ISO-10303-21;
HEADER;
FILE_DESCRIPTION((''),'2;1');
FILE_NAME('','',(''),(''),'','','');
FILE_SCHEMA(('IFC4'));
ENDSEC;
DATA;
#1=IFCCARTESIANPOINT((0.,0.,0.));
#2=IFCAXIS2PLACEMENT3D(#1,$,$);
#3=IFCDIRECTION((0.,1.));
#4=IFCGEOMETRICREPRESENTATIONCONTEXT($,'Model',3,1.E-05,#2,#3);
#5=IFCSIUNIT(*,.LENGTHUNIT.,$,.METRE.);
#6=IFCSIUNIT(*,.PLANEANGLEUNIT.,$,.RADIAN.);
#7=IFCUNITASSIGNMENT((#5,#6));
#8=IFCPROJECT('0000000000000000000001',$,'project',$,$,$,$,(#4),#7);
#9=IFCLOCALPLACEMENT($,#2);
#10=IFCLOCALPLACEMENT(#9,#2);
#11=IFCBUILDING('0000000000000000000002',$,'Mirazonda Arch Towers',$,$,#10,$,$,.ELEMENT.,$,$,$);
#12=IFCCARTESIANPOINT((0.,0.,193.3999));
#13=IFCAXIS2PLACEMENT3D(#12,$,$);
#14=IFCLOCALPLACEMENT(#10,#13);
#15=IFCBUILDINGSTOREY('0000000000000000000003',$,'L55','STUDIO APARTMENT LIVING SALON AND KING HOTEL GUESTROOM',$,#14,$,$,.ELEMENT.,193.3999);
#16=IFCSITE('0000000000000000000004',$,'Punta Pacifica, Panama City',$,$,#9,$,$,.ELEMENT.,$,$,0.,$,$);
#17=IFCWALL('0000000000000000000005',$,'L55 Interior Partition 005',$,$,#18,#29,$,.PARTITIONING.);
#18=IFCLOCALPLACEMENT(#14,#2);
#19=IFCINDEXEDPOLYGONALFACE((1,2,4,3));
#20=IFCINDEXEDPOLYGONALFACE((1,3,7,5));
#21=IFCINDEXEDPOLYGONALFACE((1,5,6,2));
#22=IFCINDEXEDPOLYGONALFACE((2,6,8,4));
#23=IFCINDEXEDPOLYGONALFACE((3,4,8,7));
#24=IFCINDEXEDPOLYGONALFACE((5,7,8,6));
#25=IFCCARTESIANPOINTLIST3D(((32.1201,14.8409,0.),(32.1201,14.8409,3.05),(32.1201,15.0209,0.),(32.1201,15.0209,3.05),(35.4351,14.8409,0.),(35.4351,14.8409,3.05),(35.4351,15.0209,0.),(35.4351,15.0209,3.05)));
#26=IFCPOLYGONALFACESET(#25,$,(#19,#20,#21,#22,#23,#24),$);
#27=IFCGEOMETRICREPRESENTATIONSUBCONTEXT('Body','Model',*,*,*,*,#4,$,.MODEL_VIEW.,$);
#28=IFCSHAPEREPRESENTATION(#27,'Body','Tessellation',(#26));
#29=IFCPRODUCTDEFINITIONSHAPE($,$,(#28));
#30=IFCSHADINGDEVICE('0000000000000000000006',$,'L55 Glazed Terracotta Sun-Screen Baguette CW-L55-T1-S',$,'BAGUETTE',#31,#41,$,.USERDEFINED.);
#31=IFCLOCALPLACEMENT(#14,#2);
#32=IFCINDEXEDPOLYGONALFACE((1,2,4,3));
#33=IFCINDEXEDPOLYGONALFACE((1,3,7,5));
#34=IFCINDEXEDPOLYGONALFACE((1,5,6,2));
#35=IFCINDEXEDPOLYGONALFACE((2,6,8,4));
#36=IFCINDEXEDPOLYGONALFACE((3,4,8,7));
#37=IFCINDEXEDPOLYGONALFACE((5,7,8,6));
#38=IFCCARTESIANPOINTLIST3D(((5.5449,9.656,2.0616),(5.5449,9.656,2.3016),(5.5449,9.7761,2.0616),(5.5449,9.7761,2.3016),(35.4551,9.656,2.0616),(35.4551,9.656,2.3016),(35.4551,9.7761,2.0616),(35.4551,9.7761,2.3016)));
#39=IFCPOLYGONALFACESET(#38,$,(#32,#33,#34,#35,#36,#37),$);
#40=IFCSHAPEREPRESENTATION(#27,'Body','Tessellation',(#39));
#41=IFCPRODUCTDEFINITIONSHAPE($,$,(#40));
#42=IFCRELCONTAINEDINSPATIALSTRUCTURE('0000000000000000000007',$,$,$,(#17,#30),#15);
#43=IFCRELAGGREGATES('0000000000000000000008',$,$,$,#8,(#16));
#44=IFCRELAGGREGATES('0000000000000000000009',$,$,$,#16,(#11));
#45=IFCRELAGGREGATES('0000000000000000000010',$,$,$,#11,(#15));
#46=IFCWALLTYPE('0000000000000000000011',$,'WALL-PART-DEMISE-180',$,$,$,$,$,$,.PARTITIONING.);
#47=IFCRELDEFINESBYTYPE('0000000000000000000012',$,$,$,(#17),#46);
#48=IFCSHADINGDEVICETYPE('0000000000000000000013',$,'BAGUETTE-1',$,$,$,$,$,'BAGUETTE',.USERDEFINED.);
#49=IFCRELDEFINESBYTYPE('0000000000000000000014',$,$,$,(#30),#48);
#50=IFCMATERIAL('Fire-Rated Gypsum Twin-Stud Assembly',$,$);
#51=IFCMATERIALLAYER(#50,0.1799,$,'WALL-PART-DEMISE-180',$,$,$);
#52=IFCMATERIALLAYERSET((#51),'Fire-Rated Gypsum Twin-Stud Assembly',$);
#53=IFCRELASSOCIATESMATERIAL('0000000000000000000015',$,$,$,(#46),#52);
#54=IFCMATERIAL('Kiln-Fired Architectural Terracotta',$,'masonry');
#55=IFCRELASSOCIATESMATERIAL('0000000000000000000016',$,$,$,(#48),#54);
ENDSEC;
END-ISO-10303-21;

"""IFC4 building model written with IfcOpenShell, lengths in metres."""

from ifc_helpers import new_model, si_unit, direction, frame, frame_2d, origin, origin_2d, place, context, subcontext, project, spatial, rectangle, extrude, material, layer, layer_set, material_profile, profile_set, type_object, element, save


model = new_model("IFC4")

# Units and contexts
model_context = context("Model", 3, precision=1e-05, world=origin(), true_north=direction((0.0, 1.0)))
body_context = subcontext(model_context, "Body", "Model", "MODEL_VIEW")
ifc_project = project(units=[si_unit("LENGTHUNIT", "METRE"), si_unit("PLANEANGLEUNIT", "RADIAN")], contexts=[model_context])

# Site, building, storey
site_placement = place(None, origin())
site = spatial("IfcSite", under=ifc_project, at=site_placement, Name="Punta Pacifica, Panama City", CompositionType="ELEMENT", RefElevation=0.0)
building_placement = place(site_placement, origin())
building = spatial("IfcBuilding", under=site, at=building_placement, Name="Mirazonda Arch Towers", CompositionType="ELEMENT")
storey_placement = place(building_placement, frame((0.0, 0.0, 193.3999)))
storey = spatial("IfcBuildingStorey", under=building, at=storey_placement, Name="L55", Description="STUDIO APARTMENT LIVING SALON AND KING HOTEL GUESTROOM", CompositionType="ELEMENT", Elevation=193.3999)

# Wall
ifc_material_1 = material(Name="Fire-Rated Gypsum Twin-Stud Assembly")
ifc_layer_1 = layer(ifc_material_1, 0.1799, Name="WALL-PART-DEMISE-180")
ifc_layer_set_1 = layer_set([ifc_layer_1], Name="Fire-Rated Gypsum Twin-Stud Assembly")
wall_type_1 = type_object("IfcWallType", Name="WALL-PART-DEMISE-180", PredefinedType="PARTITIONING", material=ifc_layer_set_1)
wall_1_placement = place(storey_placement, frame((32.1201, 14.9309, 0.0), z_axis=(0.0, 0.0, 1.0), x_axis=(1.0, 0.0, 0.0)))
element("IfcWall", 1, at=wall_1_placement, inside=storey, type_object=wall_type_1, Name="L55 Interior Partition 005", PredefinedType="PARTITIONING", context=body_context, shape_type="SweptSolid", body=[
    extrude(rectangle(XDim=3.3149, YDim=0.1799, at=frame_2d((1.6575, 0.0))), origin(), (0.0, 0.0, 1.0), 3.05),
])

# Shading device
ifc_material_2 = material(Name="Kiln-Fired Architectural Terracotta", Category="masonry")
ifc_material_profile_1 = material_profile(ifc_material_2, rectangle(XDim=0.1201, YDim=0.24, at=origin_2d()), Name="TERRA-BAG-120x240")
ifc_profile_set_1 = profile_set([ifc_material_profile_1], Name="Kiln-Fired Architectural Terracotta")
shading_device_type = type_object("IfcShadingDeviceType", Name="BAGUETTE-1", ElementType="BAGUETTE", PredefinedType="USERDEFINED", material=ifc_profile_set_1)
shading_device_placement = place(storey_placement, frame((35.4551, 9.7161, 2.1816), z_axis=(-1.0, 0.0, 0.0), x_axis=(0.0, -1.0, 0.0)))
element("IfcShadingDevice", 2, at=shading_device_placement, inside=storey, type_object=shading_device_type, Name="L55 Glazed Terracotta Sun-Screen Baguette CW-L55-T1-S", ObjectType="BAGUETTE", PredefinedType="USERDEFINED", context=body_context, shape_type="SweptSolid", body=[
    extrude(rectangle(XDim=0.1201, YDim=0.24, at=origin_2d()), origin(), (0.0, 0.0, 1.0), 29.9102),
])

save(model, "model.ifc")
